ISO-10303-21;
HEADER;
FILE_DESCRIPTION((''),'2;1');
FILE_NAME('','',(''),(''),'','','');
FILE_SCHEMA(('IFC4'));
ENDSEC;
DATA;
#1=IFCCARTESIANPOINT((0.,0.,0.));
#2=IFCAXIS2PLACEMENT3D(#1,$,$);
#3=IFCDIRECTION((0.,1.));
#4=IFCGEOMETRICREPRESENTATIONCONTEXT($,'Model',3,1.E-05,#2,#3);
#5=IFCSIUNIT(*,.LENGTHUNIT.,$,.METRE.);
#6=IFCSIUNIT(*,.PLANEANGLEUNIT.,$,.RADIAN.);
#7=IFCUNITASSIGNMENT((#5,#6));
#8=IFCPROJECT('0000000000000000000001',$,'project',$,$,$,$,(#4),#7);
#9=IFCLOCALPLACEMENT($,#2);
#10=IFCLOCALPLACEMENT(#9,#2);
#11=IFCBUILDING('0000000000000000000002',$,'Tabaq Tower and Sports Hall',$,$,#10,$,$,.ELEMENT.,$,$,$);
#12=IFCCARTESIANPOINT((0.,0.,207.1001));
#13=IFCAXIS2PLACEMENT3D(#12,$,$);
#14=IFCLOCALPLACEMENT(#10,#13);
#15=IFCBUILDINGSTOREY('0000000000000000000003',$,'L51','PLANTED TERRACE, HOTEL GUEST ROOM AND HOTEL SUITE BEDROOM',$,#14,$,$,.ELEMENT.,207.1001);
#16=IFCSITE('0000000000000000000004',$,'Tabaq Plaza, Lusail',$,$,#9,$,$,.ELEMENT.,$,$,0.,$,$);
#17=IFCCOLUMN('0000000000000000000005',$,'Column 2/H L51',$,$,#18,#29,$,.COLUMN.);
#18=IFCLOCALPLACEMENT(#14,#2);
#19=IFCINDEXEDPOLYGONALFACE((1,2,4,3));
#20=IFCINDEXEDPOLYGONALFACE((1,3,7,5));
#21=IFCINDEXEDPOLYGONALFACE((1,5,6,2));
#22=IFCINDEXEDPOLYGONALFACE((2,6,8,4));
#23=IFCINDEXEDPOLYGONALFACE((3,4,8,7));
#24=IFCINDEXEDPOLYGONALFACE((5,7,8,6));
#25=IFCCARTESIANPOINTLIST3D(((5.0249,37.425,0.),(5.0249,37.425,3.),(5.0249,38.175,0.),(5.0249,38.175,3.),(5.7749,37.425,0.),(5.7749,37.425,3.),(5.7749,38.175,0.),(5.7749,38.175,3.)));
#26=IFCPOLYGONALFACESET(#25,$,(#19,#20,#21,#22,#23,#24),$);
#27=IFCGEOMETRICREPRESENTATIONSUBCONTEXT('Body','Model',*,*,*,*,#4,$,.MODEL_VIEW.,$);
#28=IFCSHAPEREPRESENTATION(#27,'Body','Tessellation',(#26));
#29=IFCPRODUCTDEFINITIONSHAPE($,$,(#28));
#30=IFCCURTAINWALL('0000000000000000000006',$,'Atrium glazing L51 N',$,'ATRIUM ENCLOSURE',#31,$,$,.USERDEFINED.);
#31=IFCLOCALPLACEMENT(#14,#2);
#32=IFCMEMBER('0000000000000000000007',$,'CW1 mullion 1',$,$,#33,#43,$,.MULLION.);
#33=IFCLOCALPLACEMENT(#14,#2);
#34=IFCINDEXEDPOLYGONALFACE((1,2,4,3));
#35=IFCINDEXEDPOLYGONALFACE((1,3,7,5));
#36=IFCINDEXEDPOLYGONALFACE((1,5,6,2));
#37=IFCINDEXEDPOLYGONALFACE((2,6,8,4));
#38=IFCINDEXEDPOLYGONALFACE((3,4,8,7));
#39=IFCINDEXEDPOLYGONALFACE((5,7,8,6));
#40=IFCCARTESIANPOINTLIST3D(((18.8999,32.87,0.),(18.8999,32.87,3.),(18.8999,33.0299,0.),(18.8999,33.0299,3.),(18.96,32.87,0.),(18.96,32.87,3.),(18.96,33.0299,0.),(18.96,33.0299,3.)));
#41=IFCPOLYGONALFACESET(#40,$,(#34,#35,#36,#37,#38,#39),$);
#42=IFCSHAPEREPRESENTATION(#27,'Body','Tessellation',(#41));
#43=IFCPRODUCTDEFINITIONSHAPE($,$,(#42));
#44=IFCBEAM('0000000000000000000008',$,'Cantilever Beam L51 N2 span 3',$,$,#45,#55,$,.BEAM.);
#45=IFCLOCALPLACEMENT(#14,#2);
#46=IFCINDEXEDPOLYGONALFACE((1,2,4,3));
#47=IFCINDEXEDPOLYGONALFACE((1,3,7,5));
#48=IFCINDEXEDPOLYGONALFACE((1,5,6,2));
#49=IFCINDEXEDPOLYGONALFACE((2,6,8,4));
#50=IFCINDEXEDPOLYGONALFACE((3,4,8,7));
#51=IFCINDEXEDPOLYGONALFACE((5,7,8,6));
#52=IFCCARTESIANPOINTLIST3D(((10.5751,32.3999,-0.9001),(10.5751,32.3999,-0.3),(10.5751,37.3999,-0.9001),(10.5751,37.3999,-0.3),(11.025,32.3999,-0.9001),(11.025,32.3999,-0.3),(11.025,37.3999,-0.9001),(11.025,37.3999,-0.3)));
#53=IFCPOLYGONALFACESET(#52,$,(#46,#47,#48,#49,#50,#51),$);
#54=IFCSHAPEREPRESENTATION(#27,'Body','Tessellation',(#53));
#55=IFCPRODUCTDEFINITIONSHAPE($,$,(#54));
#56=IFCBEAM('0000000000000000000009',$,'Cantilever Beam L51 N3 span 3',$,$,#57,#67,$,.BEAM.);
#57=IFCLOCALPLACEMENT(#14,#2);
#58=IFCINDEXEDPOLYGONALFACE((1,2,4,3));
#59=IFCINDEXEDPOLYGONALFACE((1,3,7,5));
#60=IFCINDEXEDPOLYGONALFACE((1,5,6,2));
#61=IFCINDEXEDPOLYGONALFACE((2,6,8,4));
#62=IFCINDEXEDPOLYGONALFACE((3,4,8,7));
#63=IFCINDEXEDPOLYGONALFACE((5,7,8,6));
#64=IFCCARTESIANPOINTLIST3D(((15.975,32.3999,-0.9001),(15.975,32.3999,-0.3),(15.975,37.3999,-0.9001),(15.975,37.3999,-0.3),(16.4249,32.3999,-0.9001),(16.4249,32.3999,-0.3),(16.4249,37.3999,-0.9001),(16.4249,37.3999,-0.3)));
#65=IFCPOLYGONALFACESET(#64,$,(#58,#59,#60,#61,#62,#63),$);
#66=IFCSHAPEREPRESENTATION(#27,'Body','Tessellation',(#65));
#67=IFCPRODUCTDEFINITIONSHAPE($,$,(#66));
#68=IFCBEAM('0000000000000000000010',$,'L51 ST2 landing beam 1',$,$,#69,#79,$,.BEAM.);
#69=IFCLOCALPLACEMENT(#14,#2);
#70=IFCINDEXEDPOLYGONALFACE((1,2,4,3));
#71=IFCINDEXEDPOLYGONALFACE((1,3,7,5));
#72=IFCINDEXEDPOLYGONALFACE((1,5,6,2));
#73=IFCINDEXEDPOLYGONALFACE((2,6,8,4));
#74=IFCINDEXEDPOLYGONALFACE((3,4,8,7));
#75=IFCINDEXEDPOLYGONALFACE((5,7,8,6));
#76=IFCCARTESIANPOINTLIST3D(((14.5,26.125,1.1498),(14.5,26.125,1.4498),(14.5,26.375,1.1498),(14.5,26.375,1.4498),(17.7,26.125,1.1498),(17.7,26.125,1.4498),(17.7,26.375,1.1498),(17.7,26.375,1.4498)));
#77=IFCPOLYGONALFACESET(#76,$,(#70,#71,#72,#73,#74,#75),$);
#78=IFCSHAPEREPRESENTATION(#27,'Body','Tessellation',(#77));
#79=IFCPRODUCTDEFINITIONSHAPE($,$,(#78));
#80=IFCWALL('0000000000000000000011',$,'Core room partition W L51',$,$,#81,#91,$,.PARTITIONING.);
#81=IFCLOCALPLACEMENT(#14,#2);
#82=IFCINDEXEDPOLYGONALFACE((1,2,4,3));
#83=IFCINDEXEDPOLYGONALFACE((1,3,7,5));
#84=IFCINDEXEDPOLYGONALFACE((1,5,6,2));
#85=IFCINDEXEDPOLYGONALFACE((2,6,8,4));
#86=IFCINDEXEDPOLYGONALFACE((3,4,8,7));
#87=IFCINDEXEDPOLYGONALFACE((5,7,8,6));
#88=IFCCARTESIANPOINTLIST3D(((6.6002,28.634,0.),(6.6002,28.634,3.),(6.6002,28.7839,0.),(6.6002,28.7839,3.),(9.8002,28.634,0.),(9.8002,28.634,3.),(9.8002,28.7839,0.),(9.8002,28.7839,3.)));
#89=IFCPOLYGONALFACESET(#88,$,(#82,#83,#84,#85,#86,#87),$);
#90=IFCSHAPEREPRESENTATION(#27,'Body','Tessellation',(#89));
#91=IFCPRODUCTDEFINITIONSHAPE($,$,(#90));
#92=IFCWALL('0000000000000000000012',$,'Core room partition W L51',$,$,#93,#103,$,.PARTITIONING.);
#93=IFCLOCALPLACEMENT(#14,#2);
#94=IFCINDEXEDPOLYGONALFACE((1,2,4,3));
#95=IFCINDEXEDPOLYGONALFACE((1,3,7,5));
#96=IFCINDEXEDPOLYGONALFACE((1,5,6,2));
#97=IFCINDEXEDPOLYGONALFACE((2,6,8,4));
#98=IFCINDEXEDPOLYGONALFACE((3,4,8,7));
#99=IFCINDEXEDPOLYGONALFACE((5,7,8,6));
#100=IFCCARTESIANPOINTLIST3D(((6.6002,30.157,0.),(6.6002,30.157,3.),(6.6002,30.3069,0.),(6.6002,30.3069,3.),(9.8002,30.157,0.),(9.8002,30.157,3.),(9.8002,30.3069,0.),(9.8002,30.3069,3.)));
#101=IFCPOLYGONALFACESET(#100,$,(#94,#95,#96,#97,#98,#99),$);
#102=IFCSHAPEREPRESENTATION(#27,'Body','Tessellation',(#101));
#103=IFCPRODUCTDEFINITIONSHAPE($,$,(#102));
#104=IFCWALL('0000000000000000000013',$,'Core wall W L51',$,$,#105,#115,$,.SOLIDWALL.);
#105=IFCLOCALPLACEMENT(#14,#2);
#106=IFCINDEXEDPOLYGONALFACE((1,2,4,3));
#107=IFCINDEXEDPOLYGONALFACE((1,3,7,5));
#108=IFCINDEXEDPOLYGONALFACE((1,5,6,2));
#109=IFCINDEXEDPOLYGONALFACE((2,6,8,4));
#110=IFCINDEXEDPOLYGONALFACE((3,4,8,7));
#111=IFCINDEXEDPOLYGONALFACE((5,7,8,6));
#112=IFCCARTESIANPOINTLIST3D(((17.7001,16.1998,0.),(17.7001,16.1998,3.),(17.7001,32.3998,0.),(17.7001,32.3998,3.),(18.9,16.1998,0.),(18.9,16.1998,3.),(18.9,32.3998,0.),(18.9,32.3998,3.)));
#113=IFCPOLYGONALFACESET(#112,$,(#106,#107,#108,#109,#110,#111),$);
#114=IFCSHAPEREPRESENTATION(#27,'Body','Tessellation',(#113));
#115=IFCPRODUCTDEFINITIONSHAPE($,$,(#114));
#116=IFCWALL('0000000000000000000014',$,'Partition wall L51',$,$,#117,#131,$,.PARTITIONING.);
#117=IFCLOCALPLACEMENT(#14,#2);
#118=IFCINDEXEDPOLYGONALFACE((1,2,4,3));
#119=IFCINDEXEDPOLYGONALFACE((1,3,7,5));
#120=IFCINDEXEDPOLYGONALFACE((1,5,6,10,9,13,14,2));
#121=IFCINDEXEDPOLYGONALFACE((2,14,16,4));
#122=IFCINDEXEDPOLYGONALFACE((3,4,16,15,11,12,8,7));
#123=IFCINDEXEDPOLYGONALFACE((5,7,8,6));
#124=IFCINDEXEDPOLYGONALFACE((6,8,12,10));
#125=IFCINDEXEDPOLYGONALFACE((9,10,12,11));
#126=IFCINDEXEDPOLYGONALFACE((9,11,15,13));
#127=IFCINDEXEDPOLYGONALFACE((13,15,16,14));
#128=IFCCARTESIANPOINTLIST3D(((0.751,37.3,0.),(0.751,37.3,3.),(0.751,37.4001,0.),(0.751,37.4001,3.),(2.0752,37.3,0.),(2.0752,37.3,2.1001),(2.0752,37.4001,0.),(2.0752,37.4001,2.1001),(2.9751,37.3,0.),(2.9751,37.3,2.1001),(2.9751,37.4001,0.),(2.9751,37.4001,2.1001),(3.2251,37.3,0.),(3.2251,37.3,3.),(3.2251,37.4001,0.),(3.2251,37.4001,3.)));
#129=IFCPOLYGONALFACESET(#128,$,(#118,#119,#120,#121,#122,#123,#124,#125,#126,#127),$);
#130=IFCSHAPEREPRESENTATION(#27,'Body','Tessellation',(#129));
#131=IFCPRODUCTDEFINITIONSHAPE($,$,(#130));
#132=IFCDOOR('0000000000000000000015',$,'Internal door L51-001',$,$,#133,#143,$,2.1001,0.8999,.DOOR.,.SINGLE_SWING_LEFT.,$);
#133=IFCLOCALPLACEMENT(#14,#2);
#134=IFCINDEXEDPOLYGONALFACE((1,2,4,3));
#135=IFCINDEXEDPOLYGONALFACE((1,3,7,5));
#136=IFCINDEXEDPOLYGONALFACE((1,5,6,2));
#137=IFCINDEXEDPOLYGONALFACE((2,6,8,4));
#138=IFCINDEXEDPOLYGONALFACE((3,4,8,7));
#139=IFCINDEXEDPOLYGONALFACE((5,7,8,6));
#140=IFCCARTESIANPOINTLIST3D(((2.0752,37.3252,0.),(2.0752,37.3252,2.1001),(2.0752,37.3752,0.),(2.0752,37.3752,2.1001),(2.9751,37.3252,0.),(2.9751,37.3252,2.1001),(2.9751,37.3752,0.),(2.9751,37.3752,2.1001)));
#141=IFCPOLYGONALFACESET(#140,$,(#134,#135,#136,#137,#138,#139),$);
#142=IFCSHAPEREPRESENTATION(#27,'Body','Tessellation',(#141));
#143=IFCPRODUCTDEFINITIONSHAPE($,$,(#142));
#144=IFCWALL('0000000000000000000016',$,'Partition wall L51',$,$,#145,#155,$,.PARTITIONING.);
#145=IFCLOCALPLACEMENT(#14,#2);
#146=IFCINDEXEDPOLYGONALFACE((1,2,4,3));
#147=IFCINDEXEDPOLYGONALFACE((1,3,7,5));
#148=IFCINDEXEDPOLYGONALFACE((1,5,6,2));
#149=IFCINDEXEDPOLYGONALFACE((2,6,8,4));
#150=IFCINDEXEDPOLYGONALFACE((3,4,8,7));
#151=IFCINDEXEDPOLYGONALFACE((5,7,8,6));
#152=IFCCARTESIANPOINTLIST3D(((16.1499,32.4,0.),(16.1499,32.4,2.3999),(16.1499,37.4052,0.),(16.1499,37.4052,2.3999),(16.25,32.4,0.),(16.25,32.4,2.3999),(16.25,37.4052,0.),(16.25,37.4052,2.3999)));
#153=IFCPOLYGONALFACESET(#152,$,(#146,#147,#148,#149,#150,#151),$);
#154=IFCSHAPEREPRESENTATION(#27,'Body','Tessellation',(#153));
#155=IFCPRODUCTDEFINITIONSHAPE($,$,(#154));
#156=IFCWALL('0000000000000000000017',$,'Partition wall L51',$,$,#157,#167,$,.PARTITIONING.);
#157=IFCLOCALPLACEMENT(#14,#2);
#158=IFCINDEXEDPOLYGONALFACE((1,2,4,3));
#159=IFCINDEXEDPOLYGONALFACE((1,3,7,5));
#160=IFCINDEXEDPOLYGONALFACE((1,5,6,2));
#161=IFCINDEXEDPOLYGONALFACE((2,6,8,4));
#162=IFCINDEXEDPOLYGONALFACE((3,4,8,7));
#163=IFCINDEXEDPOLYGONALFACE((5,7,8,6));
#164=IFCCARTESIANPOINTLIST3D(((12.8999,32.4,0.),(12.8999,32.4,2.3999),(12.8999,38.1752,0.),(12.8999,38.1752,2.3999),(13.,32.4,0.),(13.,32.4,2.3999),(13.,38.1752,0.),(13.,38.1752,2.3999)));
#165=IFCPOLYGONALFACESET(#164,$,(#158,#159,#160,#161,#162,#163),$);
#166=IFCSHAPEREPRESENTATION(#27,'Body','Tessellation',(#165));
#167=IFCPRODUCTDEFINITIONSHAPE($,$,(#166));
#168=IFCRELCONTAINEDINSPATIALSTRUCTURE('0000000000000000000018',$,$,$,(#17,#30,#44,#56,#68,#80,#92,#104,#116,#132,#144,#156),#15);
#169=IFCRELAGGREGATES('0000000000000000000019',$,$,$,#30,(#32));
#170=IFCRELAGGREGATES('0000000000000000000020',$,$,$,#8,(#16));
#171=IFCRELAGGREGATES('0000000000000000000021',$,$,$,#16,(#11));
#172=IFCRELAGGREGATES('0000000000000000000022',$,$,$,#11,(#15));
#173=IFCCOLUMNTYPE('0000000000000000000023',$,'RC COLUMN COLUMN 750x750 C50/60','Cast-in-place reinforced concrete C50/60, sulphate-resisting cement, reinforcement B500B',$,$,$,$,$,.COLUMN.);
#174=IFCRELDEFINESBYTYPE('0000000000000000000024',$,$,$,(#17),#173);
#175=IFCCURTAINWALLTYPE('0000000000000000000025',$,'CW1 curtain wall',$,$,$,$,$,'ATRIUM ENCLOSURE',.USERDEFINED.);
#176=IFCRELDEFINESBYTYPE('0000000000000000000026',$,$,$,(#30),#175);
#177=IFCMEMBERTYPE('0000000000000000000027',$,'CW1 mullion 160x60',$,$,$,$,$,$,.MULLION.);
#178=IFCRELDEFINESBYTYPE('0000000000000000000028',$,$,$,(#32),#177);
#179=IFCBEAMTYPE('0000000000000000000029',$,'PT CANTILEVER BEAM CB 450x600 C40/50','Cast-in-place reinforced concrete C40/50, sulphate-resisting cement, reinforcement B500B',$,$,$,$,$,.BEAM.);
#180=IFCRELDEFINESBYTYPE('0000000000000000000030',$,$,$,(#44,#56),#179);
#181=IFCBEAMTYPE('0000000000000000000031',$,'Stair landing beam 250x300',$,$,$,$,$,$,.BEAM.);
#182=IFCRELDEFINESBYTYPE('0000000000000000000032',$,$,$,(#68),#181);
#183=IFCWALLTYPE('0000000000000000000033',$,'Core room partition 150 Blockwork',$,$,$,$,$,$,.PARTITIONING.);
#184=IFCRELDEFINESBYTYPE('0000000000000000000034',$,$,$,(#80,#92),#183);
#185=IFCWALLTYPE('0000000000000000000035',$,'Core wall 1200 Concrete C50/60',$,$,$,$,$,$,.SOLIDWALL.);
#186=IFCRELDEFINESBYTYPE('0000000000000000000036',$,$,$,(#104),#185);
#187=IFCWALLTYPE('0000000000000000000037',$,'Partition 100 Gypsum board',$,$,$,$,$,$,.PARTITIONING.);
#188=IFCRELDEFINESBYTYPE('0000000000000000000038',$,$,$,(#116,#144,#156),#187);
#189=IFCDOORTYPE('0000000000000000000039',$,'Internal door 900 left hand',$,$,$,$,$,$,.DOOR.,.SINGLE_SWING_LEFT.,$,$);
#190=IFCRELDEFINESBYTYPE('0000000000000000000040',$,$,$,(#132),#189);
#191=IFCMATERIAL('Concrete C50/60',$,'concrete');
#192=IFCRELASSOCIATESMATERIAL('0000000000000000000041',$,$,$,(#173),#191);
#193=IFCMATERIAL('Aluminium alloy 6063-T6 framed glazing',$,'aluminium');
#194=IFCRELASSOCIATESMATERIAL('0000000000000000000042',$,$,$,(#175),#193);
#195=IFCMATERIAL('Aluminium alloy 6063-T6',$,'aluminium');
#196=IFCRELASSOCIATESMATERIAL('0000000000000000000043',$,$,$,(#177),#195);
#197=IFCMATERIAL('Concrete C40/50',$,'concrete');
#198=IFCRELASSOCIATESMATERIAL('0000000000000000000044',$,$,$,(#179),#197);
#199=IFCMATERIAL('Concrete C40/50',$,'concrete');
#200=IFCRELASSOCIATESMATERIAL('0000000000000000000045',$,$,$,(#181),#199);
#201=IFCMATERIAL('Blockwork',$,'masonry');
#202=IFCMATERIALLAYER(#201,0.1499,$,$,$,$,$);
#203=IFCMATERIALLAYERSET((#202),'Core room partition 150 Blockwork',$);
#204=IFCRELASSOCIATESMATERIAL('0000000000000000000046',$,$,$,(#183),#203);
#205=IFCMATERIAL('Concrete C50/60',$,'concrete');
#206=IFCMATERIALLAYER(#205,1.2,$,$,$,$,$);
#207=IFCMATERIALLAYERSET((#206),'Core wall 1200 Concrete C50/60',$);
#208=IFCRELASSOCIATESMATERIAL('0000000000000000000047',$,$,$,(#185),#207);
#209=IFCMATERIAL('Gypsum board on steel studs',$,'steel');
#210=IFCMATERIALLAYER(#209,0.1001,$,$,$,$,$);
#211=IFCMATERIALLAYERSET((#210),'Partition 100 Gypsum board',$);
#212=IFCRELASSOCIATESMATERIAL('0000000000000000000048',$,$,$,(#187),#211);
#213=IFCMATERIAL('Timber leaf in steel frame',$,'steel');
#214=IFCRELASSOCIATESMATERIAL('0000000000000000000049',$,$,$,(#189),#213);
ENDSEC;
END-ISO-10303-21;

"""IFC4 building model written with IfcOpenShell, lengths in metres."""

from ifc_helpers import new_model, si_unit, direction, frame, frame_2d, origin, origin_2d, place, context, subcontext, project, spatial, rectangle, extrude, material, layer, layer_set, material_profile, profile_set, type_object, element, fill, aggregate, save


model = new_model("IFC4")

# Units and contexts
model_context = context("Model", 3, precision=1e-05, world=origin(), true_north=direction((0.0, 1.0)))
body_context = subcontext(model_context, "Body", "Model", "MODEL_VIEW")
ifc_project = project(units=[si_unit("LENGTHUNIT", "METRE"), si_unit("PLANEANGLEUNIT", "RADIAN")], contexts=[model_context])

# Site, building, storey
site_placement = place(None, origin())
site = spatial("IfcSite", under=ifc_project, at=site_placement, Name="Tabaq Plaza, Lusail", CompositionType="ELEMENT", RefElevation=0.0)
building_placement = place(site_placement, origin())
building = spatial("IfcBuilding", under=site, at=building_placement, Name="Tabaq Tower and Sports Hall", CompositionType="ELEMENT")
storey_placement = place(building_placement, frame((0.0, 0.0, 207.1001)))
storey = spatial("IfcBuildingStorey", under=building, at=storey_placement, Name="L51", Description="PLANTED TERRACE, HOTEL GUEST ROOM AND HOTEL SUITE BEDROOM", CompositionType="ELEMENT", Elevation=207.1001)

# Column
ifc_material_1 = material(Name="Concrete C50/60", Category="concrete")
ifc_material_profile_1 = material_profile(ifc_material_1, rectangle(XDim=0.75, YDim=0.75, at=origin_2d()), Name="COLUMN 750x750")
ifc_profile_set_1 = profile_set([ifc_material_profile_1], Name="Concrete C50/60")
column_type = type_object("IfcColumnType", Name="RC COLUMN COLUMN 750x750 C50/60", Description="Cast-in-place reinforced concrete C50/60, sulphate-resisting cement, reinforcement B500B", PredefinedType="COLUMN", material=ifc_profile_set_1)
column_placement = place(storey_placement, frame((5.3999, 37.8, 0.0), z_axis=(0.0, 0.0, 1.0), x_axis=(1.0, 0.0, 0.0)))
element("IfcColumn", 1, at=column_placement, inside=storey, type_object=column_type, Name="Column 2/H L51", PredefinedType="COLUMN", context=body_context, shape_type="SweptSolid", body=[
    extrude(rectangle(XDim=0.75, YDim=0.75, at=origin_2d()), origin(), (0.0, 0.0, 1.0), 3.0),
])

# Curtain wall, member
ifc_material_2 = material(Name="Aluminium alloy 6063-T6 framed glazing", Category="aluminium")
curtain_wall_type = type_object("IfcCurtainWallType", Name="CW1 curtain wall", ElementType="ATRIUM ENCLOSURE", PredefinedType="USERDEFINED", material=ifc_material_2)
curtain_wall_placement = place(storey_placement, origin())
curtain_wall = element("IfcCurtainWall", 2, at=curtain_wall_placement, inside=storey, type_object=curtain_wall_type, Name="Atrium glazing L51 N", ObjectType="ATRIUM ENCLOSURE", PredefinedType="USERDEFINED")
ifc_material_3 = material(Name="Aluminium alloy 6063-T6", Category="aluminium")
ifc_material_profile_2 = material_profile(ifc_material_3, rectangle(XDim=0.1599, YDim=0.0601, at=origin_2d()), Name="MULLION 160x60")
ifc_profile_set_2 = profile_set([ifc_material_profile_2], Name="Aluminium alloy 6063-T6")
member_type = type_object("IfcMemberType", Name="CW1 mullion 160x60", PredefinedType="MULLION", material=ifc_profile_set_2)
member_placement = place(storey_placement, frame((18.9299, 32.95, 0.0), z_axis=(0.0, 0.0, 1.0), x_axis=(0.0, 1.0, 0.0)))
member = element("IfcMember", 3, at=member_placement, type_object=member_type, Name="CW1 mullion 1", PredefinedType="MULLION", context=body_context, shape_type="SweptSolid", body=[
    extrude(rectangle(XDim=0.1599, YDim=0.0601, at=origin_2d()), origin(), (0.0, 0.0, 1.0), 3.0),
])
aggregate(curtain_wall, [member])

# Beams
ifc_material_4 = material(Name="Concrete C40/50", Category="concrete")
ifc_material_profile_3 = material_profile(ifc_material_4, rectangle(XDim=0.45, YDim=0.6001, at=origin_2d()), Name="CB 450x600")
ifc_profile_set_3 = profile_set([ifc_material_profile_3], Name="Concrete C40/50")
beam_type_1 = type_object("IfcBeamType", Name="PT CANTILEVER BEAM CB 450x600 C40/50", Description="Cast-in-place reinforced concrete C40/50, sulphate-resisting cement, reinforcement B500B", PredefinedType="BEAM", material=ifc_profile_set_3)
for number, where, z_axis, x_axis, name in (
    (4, (10.8, 37.3999, -0.6001), (0.0, -1.0, 0.0), (1.0, 0.0, 0.0), "Cantilever Beam L51 N2 span 3"),
    (5, (16.2, 37.3999, -0.6001), (0.0, -1.0, 0.0), (1.0, 0.0, 0.0), "Cantilever Beam L51 N3 span 3"),
):
    element("IfcBeam", number, at=place(storey_placement, frame(where, z_axis=z_axis, x_axis=x_axis)), inside=storey, type_object=beam_type_1, Name=name, PredefinedType="BEAM", context=body_context, shape_type="SweptSolid", body=[
        extrude(rectangle(XDim=0.45, YDim=0.6001, at=origin_2d()), origin(), (0.0, 0.0, 1.0), 5.0),
    ])
ifc_material_5 = material(Name="Concrete C40/50", Category="concrete")
ifc_material_profile_4 = material_profile(ifc_material_5, rectangle(XDim=0.25, YDim=0.3, at=origin_2d()), Name="RC 250x300")
ifc_profile_set_4 = profile_set([ifc_material_profile_4], Name="Concrete C40/50")
beam_type_2 = type_object("IfcBeamType", Name="Stair landing beam 250x300", PredefinedType="BEAM", material=ifc_profile_set_4)
beam_placement = place(storey_placement, frame((14.5, 26.25, 1.2998), z_axis=(1.0, 0.0, 0.0), x_axis=(0.0, 1.0, 0.0)))
element("IfcBeam", 6, at=beam_placement, inside=storey, type_object=beam_type_2, Name="L51 ST2 landing beam 1", PredefinedType="BEAM", context=body_context, shape_type="SweptSolid", body=[
    extrude(rectangle(XDim=0.25, YDim=0.3, at=origin_2d()), origin(), (0.0, 0.0, 1.0), 3.2),
])

# Walls
ifc_material_6 = material(Name="Blockwork", Category="masonry")
ifc_layer_1 = layer(ifc_material_6, 0.1499)
ifc_layer_set_1 = layer_set([ifc_layer_1], Name="Core room partition 150 Blockwork")
wall_type_1 = type_object("IfcWallType", Name="Core room partition 150 Blockwork", PredefinedType="PARTITIONING", material=ifc_layer_set_1)
for number, where, z_axis, x_axis, name in (
    (7, (6.6001, 28.709, 0.0), (0.0, 0.0, 1.0), (1.0, 0.0, 0.0), "Core room partition W L51"),
    (8, (6.6001, 30.2319, 0.0), (0.0, 0.0, 1.0), (1.0, 0.0, 0.0), "Core room partition W L51"),
):
    element("IfcWall", number, at=place(storey_placement, frame(where, z_axis=z_axis, x_axis=x_axis)), inside=storey, type_object=wall_type_1, Name=name, PredefinedType="PARTITIONING", context=body_context, shape_type="SweptSolid", body=[
        extrude(rectangle(XDim=3.2, YDim=0.1499, at=frame_2d((1.6001, 0.0))), origin(), (0.0, 0.0, 1.0), 3.0),
    ])
ifc_material_7 = material(Name="Concrete C50/60", Category="concrete")
ifc_layer_2 = layer(ifc_material_7, 1.2)
ifc_layer_set_2 = layer_set([ifc_layer_2], Name="Core wall 1200 Concrete C50/60")
wall_type_2 = type_object("IfcWallType", Name="Core wall 1200 Concrete C50/60", PredefinedType="SOLIDWALL", material=ifc_layer_set_2)
wall_1_placement = place(storey_placement, frame((18.3, 32.3999, 0.0), z_axis=(0.0, 0.0, 1.0), x_axis=(0.0, -1.0, 0.0)))
element("IfcWall", 9, at=wall_1_placement, inside=storey, type_object=wall_type_2, Name="Core wall W L51", PredefinedType="SOLIDWALL", context=body_context, shape_type="SweptSolid", body=[
    extrude(rectangle(XDim=16.2, YDim=1.2, at=frame_2d((8.1001, 0.0))), origin(), (0.0, 0.0, 1.0), 3.0),
])

# Wall, opening, door
ifc_material_8 = material(Name="Gypsum board on steel studs", Category="steel")
ifc_layer_3 = layer(ifc_material_8, 0.1001)
ifc_layer_set_3 = layer_set([ifc_layer_3], Name="Partition 100 Gypsum board")
wall_type_3 = type_object("IfcWallType", Name="Partition 100 Gypsum board", PredefinedType="PARTITIONING", material=ifc_layer_set_3)
wall_2_placement = place(storey_placement, frame((3.2251, 37.3501, 0.0), z_axis=(0.0, 0.0, 1.0), x_axis=(-1.0, 0.0, 0.0)))
wall_2 = element("IfcWall", 10, at=wall_2_placement, inside=storey, type_object=wall_type_3, Name="Partition wall L51", PredefinedType="PARTITIONING", context=body_context, shape_type="SweptSolid", body=[
    extrude(rectangle(XDim=2.4741, YDim=0.1001, at=frame_2d((1.2371, 0.0))), origin(), (0.0, 0.0, 1.0), 3.0),
])
opening_1_placement = place(wall_2_placement, frame((0.25, 0.0, 0.0)))
opening_1 = element("IfcOpeningElement", 11, at=opening_1_placement, cuts=wall_2, PredefinedType="OPENING", context=body_context, shape_type="SweptSolid", body=[
    extrude(rectangle(XDim=0.8999, YDim=2.1001, at=frame_2d((0.45, 1.05))), frame((0.0, 0.05, 0.0), z_axis=(0.0, -1.0, 0.0), x_axis=(1.0, 0.0, 0.0)), (0.0, 0.0, 1.0), 0.1001),
])
ifc_material_9 = material(Name="Timber leaf in steel frame", Category="steel")
door_type_1 = type_object("IfcDoorType", Name="Internal door 900 left hand", OperationType="SINGLE_SWING_LEFT", PredefinedType="DOOR", material=ifc_material_9)
door_1_placement = place(opening_1_placement, origin())
door_1 = element("IfcDoor", 12, at=door_1_placement, inside=storey, type_object=door_type_1, Name="Internal door L51-001", OperationType="SINGLE_SWING_LEFT", OverallHeight=2.1001, OverallWidth=0.8999, PredefinedType="DOOR", context=body_context, shape_type="SweptSolid", body=[
    extrude(rectangle(XDim=0.8999, YDim=2.1001, at=frame_2d((0.45, 1.05))), frame((0.0, 0.0249, 0.0), z_axis=(0.0, -1.0, 0.0), x_axis=(1.0, 0.0, 0.0)), (0.0, 0.0, 1.0), 0.05),
])
fill(opening_1, door_1)

# Walls
wall_3_placement = place(storey_placement, frame((16.2, 37.405, 0.0), z_axis=(0.0, 0.0, 1.0), x_axis=(0.0, -1.0, 0.0)))
element("IfcWall", 13, at=wall_3_placement, inside=storey, type_object=wall_type_3, Name="Partition wall L51", PredefinedType="PARTITIONING", context=body_context, shape_type="SweptSolid", body=[
    extrude(rectangle(XDim=5.0051, YDim=0.1001, at=frame_2d((2.5024, 0.0))), origin(), (0.0, 0.0, 1.0), 2.3999),
])
wall_4_placement = place(storey_placement, frame((12.95, 32.3999, 0.0), z_axis=(0.0, 0.0, 1.0), x_axis=(0.0, 1.0, 0.0)))
element("IfcWall", 14, at=wall_4_placement, inside=storey, type_object=wall_type_3, Name="Partition wall L51", PredefinedType="PARTITIONING", context=body_context, shape_type="SweptSolid", body=[
    extrude(rectangle(XDim=5.7751, YDim=0.1001, at=frame_2d((2.8877, 0.0))), origin(), (0.0, 0.0, 1.0), 2.3999),
])

save(model, "model.ifc")
